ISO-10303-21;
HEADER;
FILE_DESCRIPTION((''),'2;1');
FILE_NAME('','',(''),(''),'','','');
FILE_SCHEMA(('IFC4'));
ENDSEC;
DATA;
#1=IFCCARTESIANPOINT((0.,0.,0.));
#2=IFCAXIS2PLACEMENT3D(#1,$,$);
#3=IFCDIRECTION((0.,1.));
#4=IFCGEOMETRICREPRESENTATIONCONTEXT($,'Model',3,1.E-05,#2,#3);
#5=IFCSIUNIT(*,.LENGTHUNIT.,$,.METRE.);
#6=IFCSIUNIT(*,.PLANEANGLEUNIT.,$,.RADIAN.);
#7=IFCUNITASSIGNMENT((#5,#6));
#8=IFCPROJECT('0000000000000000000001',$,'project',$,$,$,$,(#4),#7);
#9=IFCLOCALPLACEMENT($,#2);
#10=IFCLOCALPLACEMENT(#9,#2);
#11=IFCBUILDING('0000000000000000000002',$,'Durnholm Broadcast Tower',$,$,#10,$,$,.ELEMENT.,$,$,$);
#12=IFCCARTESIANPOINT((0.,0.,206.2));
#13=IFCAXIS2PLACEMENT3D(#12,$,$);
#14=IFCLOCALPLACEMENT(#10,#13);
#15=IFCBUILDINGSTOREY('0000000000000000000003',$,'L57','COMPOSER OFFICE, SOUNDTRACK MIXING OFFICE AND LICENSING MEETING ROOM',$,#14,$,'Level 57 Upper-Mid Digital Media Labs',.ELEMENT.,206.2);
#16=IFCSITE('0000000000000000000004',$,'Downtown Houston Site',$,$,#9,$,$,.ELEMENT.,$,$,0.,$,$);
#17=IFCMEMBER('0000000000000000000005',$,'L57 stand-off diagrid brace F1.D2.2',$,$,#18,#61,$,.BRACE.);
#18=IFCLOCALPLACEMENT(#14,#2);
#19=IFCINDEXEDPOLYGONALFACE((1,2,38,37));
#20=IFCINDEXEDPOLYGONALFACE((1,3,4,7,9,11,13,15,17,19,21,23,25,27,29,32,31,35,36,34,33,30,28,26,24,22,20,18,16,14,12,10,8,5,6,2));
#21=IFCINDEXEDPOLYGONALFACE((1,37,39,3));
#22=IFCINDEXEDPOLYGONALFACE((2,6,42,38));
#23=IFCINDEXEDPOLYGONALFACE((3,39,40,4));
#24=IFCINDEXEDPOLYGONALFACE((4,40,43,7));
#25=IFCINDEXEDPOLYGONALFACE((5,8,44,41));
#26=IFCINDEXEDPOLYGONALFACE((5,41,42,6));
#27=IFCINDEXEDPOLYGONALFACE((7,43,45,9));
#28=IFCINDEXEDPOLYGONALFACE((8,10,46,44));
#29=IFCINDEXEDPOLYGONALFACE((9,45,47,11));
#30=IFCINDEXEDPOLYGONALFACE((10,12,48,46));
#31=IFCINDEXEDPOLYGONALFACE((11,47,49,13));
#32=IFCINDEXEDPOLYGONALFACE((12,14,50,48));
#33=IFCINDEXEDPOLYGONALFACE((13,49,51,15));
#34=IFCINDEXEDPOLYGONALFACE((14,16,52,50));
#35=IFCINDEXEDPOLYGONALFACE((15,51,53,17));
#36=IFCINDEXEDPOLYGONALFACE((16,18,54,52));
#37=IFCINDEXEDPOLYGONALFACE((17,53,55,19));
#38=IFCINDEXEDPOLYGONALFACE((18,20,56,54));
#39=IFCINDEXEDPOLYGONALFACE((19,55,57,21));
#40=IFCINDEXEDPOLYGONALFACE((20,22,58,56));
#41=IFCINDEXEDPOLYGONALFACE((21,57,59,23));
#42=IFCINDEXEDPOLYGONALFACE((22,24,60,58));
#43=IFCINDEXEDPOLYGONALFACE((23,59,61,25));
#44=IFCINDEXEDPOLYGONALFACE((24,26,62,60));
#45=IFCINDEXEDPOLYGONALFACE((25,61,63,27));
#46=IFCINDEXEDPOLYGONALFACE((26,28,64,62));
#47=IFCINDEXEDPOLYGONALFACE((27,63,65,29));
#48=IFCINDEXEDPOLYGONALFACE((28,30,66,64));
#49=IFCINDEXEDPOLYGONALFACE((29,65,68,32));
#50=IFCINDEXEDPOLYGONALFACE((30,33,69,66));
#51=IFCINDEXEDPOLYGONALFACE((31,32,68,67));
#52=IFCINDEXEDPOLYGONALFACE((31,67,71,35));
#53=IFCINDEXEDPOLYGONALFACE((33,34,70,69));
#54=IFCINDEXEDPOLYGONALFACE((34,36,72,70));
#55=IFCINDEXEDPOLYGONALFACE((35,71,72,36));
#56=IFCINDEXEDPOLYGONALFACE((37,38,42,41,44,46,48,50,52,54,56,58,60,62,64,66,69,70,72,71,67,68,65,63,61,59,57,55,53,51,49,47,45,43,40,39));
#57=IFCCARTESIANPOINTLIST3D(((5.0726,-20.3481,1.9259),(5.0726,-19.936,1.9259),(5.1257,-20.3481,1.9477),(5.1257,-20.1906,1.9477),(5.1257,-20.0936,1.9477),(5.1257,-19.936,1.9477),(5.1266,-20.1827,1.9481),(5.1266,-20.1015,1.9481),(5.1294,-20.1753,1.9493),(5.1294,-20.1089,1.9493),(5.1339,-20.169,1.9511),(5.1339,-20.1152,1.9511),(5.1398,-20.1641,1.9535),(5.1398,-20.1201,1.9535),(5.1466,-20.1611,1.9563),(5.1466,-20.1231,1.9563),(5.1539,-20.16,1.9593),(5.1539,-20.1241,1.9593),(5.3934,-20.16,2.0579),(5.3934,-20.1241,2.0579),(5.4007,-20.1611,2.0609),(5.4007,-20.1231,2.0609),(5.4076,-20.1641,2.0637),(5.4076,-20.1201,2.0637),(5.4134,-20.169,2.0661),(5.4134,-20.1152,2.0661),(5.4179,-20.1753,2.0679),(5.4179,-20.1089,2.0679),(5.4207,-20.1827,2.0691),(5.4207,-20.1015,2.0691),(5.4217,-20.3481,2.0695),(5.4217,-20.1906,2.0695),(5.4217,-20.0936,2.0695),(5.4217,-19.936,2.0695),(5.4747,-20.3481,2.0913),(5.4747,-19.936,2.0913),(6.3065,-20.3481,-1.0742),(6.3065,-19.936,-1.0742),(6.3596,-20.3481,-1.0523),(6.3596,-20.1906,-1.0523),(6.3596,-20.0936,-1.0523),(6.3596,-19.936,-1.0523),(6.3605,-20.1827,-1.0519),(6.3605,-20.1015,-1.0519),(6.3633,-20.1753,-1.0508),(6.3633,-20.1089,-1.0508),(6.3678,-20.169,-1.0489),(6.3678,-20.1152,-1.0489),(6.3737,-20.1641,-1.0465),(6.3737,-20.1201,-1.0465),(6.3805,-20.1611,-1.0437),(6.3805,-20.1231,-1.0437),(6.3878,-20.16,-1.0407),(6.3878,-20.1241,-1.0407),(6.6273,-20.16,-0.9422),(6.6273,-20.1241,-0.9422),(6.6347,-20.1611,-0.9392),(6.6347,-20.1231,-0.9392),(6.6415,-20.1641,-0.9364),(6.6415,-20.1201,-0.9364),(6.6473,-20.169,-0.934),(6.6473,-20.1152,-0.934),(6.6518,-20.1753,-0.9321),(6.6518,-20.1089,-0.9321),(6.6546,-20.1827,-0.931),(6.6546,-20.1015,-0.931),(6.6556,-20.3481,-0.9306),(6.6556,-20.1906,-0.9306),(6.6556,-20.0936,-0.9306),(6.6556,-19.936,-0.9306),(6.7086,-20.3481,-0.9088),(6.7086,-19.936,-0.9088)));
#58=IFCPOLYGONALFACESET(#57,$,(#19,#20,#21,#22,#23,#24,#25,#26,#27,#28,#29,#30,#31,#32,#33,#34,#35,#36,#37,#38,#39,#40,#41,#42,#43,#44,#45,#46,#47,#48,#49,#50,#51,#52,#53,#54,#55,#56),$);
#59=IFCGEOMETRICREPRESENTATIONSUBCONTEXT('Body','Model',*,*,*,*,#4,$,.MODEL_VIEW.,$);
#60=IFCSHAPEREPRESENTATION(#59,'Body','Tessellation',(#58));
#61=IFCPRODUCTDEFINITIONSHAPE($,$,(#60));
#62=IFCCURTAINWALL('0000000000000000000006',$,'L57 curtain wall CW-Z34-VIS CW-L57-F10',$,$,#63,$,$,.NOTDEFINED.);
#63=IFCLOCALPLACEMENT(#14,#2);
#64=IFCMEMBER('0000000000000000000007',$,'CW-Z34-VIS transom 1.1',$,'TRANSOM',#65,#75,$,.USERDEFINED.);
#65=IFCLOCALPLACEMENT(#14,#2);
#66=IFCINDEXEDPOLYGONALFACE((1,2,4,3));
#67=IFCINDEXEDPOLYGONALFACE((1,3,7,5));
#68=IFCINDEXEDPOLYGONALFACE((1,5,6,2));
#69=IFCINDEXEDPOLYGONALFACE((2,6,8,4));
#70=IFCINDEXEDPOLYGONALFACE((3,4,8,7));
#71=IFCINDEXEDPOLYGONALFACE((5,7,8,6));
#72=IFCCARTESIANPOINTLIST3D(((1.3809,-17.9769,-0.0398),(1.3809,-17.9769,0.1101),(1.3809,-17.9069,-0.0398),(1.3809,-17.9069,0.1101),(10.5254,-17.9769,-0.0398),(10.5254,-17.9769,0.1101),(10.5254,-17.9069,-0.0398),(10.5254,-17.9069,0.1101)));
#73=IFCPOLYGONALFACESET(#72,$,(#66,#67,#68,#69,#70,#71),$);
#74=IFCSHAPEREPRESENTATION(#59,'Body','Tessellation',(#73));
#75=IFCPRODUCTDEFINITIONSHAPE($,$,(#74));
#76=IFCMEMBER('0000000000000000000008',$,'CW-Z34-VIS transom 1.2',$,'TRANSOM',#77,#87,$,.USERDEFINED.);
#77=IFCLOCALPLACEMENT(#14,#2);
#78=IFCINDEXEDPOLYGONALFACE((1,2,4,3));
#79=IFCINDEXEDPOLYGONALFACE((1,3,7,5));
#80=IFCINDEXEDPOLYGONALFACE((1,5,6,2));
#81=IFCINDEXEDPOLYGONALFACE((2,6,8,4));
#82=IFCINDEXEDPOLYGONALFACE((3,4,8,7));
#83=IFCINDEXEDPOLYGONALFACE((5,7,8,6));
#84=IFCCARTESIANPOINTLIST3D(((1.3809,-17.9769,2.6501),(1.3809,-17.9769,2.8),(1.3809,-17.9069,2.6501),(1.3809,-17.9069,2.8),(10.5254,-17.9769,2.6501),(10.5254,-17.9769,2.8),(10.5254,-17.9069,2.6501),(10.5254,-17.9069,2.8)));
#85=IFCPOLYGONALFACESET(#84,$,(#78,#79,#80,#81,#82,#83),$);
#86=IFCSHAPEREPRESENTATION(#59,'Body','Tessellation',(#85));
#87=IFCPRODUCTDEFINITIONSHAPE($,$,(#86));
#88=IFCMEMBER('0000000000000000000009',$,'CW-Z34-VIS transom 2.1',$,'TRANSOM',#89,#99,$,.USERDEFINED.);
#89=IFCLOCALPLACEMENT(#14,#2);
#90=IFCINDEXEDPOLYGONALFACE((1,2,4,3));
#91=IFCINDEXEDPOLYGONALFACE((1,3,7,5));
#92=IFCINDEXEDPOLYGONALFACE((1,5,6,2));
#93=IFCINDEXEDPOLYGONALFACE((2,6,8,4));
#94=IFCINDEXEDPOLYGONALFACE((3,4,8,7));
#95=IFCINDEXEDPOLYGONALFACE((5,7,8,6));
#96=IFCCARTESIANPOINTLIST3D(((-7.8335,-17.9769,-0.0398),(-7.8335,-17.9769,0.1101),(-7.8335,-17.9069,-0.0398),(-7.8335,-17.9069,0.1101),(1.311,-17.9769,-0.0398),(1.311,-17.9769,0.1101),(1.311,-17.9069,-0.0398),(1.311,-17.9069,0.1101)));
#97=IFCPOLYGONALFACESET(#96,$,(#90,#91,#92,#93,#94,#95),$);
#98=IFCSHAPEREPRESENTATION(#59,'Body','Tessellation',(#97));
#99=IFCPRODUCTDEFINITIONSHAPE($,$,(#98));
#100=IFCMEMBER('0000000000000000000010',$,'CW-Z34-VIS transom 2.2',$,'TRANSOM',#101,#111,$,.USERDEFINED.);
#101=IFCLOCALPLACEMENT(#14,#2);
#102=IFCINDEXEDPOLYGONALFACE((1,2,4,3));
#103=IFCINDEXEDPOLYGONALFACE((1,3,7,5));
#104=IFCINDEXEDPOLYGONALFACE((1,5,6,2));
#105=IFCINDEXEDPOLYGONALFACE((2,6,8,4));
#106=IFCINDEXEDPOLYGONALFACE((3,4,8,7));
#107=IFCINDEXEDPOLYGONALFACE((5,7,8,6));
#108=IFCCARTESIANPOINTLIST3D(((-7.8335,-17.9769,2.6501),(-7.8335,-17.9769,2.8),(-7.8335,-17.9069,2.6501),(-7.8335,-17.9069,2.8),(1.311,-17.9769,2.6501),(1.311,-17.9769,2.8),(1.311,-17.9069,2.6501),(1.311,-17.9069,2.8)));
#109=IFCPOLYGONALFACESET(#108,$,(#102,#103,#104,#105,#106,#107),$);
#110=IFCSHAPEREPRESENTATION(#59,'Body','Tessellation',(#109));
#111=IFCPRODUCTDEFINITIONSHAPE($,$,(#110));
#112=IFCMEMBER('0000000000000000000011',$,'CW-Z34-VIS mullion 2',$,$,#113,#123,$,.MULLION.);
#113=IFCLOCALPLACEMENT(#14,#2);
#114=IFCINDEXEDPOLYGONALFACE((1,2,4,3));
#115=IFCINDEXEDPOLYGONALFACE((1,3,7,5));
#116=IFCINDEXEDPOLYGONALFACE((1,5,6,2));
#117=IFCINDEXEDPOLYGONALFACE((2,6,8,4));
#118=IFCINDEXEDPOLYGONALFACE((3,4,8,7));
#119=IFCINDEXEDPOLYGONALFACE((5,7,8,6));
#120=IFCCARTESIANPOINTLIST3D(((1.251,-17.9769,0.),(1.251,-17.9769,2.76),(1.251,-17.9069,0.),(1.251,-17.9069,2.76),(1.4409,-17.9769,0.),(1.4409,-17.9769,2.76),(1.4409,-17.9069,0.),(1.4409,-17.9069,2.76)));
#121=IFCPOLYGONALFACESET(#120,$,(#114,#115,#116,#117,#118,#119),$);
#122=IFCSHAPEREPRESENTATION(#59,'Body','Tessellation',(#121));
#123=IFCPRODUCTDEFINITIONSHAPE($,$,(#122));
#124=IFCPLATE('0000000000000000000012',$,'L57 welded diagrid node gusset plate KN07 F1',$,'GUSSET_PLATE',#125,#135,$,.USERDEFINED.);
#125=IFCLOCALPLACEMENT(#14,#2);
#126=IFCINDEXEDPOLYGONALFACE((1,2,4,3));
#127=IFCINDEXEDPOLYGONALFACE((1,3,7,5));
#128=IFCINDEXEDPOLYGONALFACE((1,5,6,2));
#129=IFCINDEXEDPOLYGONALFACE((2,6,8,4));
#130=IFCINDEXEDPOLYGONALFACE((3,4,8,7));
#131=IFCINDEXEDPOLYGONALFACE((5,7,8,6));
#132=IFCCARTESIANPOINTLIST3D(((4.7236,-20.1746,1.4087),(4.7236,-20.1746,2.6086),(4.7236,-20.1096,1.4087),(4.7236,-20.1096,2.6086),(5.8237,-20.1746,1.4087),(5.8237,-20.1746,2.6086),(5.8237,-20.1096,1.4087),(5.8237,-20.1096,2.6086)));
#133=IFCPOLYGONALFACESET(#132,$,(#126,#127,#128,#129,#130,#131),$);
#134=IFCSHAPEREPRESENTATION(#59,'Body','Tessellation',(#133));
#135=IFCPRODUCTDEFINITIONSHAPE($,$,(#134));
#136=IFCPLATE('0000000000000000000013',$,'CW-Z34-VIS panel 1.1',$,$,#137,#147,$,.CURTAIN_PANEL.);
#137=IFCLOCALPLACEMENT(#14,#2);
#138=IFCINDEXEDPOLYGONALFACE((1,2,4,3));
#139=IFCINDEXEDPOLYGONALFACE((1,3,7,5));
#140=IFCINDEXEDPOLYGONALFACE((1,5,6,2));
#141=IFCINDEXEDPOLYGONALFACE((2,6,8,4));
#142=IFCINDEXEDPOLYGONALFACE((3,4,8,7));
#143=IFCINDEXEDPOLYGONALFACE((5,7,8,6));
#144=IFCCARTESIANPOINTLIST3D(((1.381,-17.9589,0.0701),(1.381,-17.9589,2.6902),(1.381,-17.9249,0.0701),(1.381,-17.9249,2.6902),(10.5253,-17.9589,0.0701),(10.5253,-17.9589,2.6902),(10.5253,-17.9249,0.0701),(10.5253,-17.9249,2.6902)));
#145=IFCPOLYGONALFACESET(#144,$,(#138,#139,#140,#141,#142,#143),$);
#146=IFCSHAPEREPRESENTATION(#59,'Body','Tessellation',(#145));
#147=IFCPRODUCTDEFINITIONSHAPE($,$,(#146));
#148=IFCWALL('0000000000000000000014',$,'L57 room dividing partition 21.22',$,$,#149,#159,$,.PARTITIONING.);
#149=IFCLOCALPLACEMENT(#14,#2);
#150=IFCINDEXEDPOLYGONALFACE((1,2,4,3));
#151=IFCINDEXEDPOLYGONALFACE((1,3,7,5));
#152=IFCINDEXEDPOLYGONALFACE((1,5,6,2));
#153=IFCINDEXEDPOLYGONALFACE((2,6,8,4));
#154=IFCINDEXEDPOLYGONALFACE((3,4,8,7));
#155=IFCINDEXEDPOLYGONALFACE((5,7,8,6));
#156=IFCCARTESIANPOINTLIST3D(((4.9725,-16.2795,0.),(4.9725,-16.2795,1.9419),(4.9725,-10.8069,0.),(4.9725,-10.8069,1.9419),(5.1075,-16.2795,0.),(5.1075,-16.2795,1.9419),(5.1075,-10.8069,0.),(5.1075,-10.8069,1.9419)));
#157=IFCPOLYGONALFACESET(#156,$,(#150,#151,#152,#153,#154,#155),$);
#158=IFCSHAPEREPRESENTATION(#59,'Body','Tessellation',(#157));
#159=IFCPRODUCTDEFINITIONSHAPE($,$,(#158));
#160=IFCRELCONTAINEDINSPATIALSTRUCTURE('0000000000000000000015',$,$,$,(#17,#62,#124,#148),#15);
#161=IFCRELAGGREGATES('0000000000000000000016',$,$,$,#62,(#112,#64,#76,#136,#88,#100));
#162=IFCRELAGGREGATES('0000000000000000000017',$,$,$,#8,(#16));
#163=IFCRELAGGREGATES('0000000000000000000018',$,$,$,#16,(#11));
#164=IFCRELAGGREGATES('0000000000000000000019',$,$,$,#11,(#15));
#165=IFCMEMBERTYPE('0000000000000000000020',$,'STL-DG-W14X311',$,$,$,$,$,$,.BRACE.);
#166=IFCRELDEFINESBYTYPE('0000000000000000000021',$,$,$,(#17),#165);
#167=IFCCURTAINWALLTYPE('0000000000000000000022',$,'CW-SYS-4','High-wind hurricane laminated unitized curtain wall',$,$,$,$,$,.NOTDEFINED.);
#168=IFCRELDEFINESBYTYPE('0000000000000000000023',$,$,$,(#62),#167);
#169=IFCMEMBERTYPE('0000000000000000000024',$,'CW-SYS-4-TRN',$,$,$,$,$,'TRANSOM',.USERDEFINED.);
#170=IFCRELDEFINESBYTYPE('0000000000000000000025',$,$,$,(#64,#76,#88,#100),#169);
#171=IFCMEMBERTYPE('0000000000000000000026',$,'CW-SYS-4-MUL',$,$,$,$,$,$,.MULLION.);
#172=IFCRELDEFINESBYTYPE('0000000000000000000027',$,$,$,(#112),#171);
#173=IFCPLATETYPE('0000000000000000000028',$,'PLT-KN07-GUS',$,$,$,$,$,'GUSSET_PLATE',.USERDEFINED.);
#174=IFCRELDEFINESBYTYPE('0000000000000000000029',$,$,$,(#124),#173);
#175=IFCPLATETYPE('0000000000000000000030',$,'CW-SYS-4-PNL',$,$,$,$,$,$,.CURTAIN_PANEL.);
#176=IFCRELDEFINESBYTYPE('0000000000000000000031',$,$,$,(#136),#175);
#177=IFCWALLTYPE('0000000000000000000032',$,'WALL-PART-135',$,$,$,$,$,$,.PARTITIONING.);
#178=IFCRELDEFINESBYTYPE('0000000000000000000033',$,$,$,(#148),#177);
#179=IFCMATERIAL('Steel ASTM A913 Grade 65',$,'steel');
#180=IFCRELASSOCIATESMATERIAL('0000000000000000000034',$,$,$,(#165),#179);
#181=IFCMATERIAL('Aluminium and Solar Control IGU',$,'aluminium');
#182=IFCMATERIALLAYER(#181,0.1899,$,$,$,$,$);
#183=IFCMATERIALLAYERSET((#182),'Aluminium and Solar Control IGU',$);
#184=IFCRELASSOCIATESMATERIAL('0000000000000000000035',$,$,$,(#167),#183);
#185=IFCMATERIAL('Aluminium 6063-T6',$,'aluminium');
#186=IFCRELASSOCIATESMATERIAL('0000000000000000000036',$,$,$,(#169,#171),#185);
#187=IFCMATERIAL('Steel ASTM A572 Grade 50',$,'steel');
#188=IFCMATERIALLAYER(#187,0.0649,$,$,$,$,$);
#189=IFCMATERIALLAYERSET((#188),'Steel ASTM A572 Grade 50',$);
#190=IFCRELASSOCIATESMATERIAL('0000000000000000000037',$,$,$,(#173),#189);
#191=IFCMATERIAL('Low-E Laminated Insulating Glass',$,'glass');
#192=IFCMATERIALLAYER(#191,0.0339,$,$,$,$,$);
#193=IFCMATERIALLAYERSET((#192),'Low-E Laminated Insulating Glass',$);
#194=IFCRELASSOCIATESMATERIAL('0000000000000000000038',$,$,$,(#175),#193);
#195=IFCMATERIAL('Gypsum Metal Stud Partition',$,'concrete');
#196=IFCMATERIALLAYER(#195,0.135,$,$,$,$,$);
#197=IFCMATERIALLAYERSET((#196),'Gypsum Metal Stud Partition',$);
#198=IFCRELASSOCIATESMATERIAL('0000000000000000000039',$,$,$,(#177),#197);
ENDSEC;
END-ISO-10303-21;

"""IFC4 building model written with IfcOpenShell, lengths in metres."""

from ifc_helpers import new_model, si_unit, direction, frame, frame_2d, origin, origin_2d, place, context, subcontext, project, spatial, rectangle, i_section, extrude, source, transform, mapped, material, layer, layer_set, material_profile, profile_set, type_object, type_shapes, element, aggregate, save


model = new_model("IFC4")

# Units and contexts
model_context = context("Model", 3, precision=1e-05, world=origin(), true_north=direction((0.0, 1.0)))
body_context = subcontext(model_context, "Body", "Model", "MODEL_VIEW")
ifc_project = project(units=[si_unit("LENGTHUNIT", "METRE"), si_unit("PLANEANGLEUNIT", "RADIAN")], contexts=[model_context])

# Site, building, storey
site_placement = place(None, origin())
site = spatial("IfcSite", under=ifc_project, at=site_placement, Name="Downtown Houston Site", CompositionType="ELEMENT", RefElevation=0.0)
building_placement = place(site_placement, origin())
building = spatial("IfcBuilding", under=site, at=building_placement, Name="Durnholm Broadcast Tower", CompositionType="ELEMENT")
storey_placement = place(building_placement, frame((0.0, 0.0, 206.2)))
storey = spatial("IfcBuildingStorey", under=building, at=storey_placement, Name="L57", Description="COMPOSER OFFICE, SOUNDTRACK MIXING OFFICE AND LICENSING MEETING ROOM", LongName="Level 57 Upper-Mid Digital Media Labs", CompositionType="ELEMENT", Elevation=206.2)

# Member
ifc_material_1 = material(Name="Steel ASTM A913 Grade 65", Category="steel")
ifc_material_profile_1 = material_profile(ifc_material_1, i_section(OverallWidth=0.4121, OverallDepth=0.4348, WebThickness=0.0359, FlangeThickness=0.0574, FilletRadius=0.0305, at=origin_2d()), Name="W14X311")
ifc_profile_set_1 = profile_set([ifc_material_profile_1], Name="Steel ASTM A913 Grade 65")
member_type_1 = type_object("IfcMemberType", Name="STL-DG-W14X311", PredefinedType="BRACE", material=ifc_profile_set_1)
shared_shape_1 = source(origin(), body_context, "Body", "SweptSolid", [
    extrude(i_section(OverallWidth=0.4121, OverallDepth=0.4348, WebThickness=0.0359, FlangeThickness=0.0574, FilletRadius=0.0305, at=origin_2d()), origin(), (0.0, 0.0, 1.0), 3.2439),
])
type_shapes(member_type_1, [shared_shape_1])
for number, where, z_axis, x_axis, name in (
    (1, (6.5076, -20.1421, -0.9915), (-0.380379, 0.0, 0.924831), (0.0, -1.0, 0.0), "L57 stand-off diagrid brace F1.D2.2"),
):
    element("IfcMember", number, at=place(storey_placement, frame(where, z_axis=z_axis, x_axis=x_axis)), inside=storey, type_object=member_type_1, Name=name, PredefinedType="BRACE", context=body_context, shape_type="MappedRepresentation", body=[
        mapped(shared_shape_1, transform((0.0, 0.0, 0.0), x_axis=(1.0, 0.0, 0.0), y_axis=(0.0, 1.0, 0.0), z_axis=(0.0, 0.0, 1.0), scale=1.0)),
    ])

# Curtain wall, members
ifc_material_2 = material(Name="Aluminium and Solar Control IGU", Category="aluminium")
ifc_layer_1 = layer(ifc_material_2, 0.1899)
ifc_layer_set_1 = layer_set([ifc_layer_1], Name="Aluminium and Solar Control IGU")
curtain_wall_type = type_object("IfcCurtainWallType", Name="CW-SYS-4", Description="High-wind hurricane laminated unitized curtain wall", PredefinedType="NOTDEFINED", material=ifc_layer_set_1)
curtain_wall_placement = place(storey_placement, origin())
curtain_wall = element("IfcCurtainWall", 2, at=curtain_wall_placement, inside=storey, type_object=curtain_wall_type, Name="L57 curtain wall CW-Z34-VIS CW-L57-F10", PredefinedType="NOTDEFINED")
ifc_material_3 = material(Name="Aluminium 6063-T6", Category="aluminium")
ifc_material_profile_2 = material_profile(ifc_material_3, rectangle(XDim=0.0701, YDim=0.1499, at=origin_2d()), Name="CWT70X150")
ifc_profile_set_2 = profile_set([ifc_material_profile_2], Name="Aluminium 6063-T6")
member_type_2 = type_object("IfcMemberType", Name="CW-SYS-4-TRN", ElementType="TRANSOM", PredefinedType="USERDEFINED", material=ifc_profile_set_2)
shared_shape_2 = source(origin(), body_context, "Body", "SweptSolid", [
    extrude(rectangle(XDim=0.0701, YDim=0.1499, at=origin_2d()), origin(), (0.0, 0.0, 1.0), 9.1445),
])
type_shapes(member_type_2, [shared_shape_2])
member_1_placement = place(storey_placement, frame((10.5254, -17.9419, 0.0352), z_axis=(-1.0, 0.0, 0.0), x_axis=(0.0, -1.0, 0.0)))
member_1 = element("IfcMember", 3, at=member_1_placement, type_object=member_type_2, Name="CW-Z34-VIS transom 1.1", ObjectType="TRANSOM", PredefinedType="USERDEFINED", context=body_context, shape_type="MappedRepresentation", body=[
    mapped(shared_shape_2, transform((0.0, 0.0, 0.0), x_axis=(1.0, 0.0, 0.0), y_axis=(0.0, 1.0, 0.0), z_axis=(0.0, 0.0, 1.0), scale=1.0)),
])
member_2_placement = place(storey_placement, frame((10.5254, -17.9419, 2.7251), z_axis=(-1.0, 0.0, 0.0), x_axis=(0.0, -1.0, 0.0)))
member_2 = element("IfcMember", 4, at=member_2_placement, type_object=member_type_2, Name="CW-Z34-VIS transom 1.2", ObjectType="TRANSOM", PredefinedType="USERDEFINED", context=body_context, shape_type="MappedRepresentation", body=[
    mapped(shared_shape_2, transform((0.0, 0.0, 0.0), x_axis=(1.0, 0.0, 0.0), y_axis=(0.0, 1.0, 0.0), z_axis=(0.0, 0.0, 1.0), scale=1.0)),
])
member_3_placement = place(storey_placement, frame((1.311, -17.9419, 0.0352), z_axis=(-1.0, 0.0, 0.0), x_axis=(0.0, -1.0, 0.0)))
member_3 = element("IfcMember", 5, at=member_3_placement, type_object=member_type_2, Name="CW-Z34-VIS transom 2.1", ObjectType="TRANSOM", PredefinedType="USERDEFINED", context=body_context, shape_type="MappedRepresentation", body=[
    mapped(shared_shape_2, transform((0.0, 0.0, 0.0), x_axis=(1.0, 0.0, 0.0), y_axis=(0.0, 1.0, 0.0), z_axis=(0.0, 0.0, 1.0), scale=1.0)),
])
member_4_placement = place(storey_placement, frame((1.311, -17.9419, 2.7251), z_axis=(-1.0, 0.0, 0.0), x_axis=(0.0, -1.0, 0.0)))
member_4 = element("IfcMember", 6, at=member_4_placement, type_object=member_type_2, Name="CW-Z34-VIS transom 2.2", ObjectType="TRANSOM", PredefinedType="USERDEFINED", context=body_context, shape_type="MappedRepresentation", body=[
    mapped(shared_shape_2, transform((0.0, 0.0, 0.0), x_axis=(1.0, 0.0, 0.0), y_axis=(0.0, 1.0, 0.0), z_axis=(0.0, 0.0, 1.0), scale=1.0)),
])
ifc_material_profile_3 = material_profile(ifc_material_3, rectangle(XDim=0.0701, YDim=0.1899, at=origin_2d()), Name="CWM70X190")
ifc_profile_set_3 = profile_set([ifc_material_profile_3], Name="Aluminium 6063-T6")
member_type_3 = type_object("IfcMemberType", Name="CW-SYS-4-MUL", PredefinedType="MULLION", material=ifc_profile_set_3)
shared_shape_3 = source(origin(), body_context, "Body", "SweptSolid", [
    extrude(rectangle(XDim=0.0701, YDim=0.1899, at=origin_2d()), origin(), (0.0, 0.0, 1.0), 2.76),
])
type_shapes(member_type_3, [shared_shape_3])
member_5_placement = place(storey_placement, frame((1.3459, -17.9419, 0.0), z_axis=(0.0, 0.0, 1.0), x_axis=(0.0, -1.0, 0.0)))
member_5 = element("IfcMember", 7, at=member_5_placement, type_object=member_type_3, Name="CW-Z34-VIS mullion 2", PredefinedType="MULLION", context=body_context, shape_type="MappedRepresentation", body=[
    mapped(shared_shape_3, transform((0.0, 0.0, 0.0), x_axis=(1.0, 0.0, 0.0), y_axis=(0.0, 1.0, 0.0), z_axis=(0.0, 0.0, 1.0), scale=1.0)),
])

# Plates
ifc_material_4 = material(Name="Steel ASTM A572 Grade 50", Category="steel")
ifc_layer_2 = layer(ifc_material_4, 0.0649)
ifc_layer_set_2 = layer_set([ifc_layer_2], Name="Steel ASTM A572 Grade 50")
plate_type_1 = type_object("IfcPlateType", Name="PLT-KN07-GUS", ElementType="GUSSET_PLATE", PredefinedType="USERDEFINED", material=ifc_layer_set_2)
shared_shape_4 = source(origin(), body_context, "Body", "SweptSolid", [
    extrude(rectangle(XDim=1.1001, YDim=0.0649, at=origin_2d()), origin(), (0.0, 0.0, 1.0), 1.2),
])
type_shapes(plate_type_1, [shared_shape_4])
plate_1_placement = place(storey_placement, frame((5.2737, -20.1421, 1.4087), z_axis=(0.0, 0.0, 1.0), x_axis=(1.0, 0.0, 0.0)))
element("IfcPlate", 8, at=plate_1_placement, inside=storey, type_object=plate_type_1, Name="L57 welded diagrid node gusset plate KN07 F1", ObjectType="GUSSET_PLATE", PredefinedType="USERDEFINED", context=body_context, shape_type="MappedRepresentation", body=[
    mapped(shared_shape_4, transform((0.0, 0.0, 0.0), x_axis=(1.0, 0.0, 0.0), y_axis=(0.0, 1.0, 0.0), z_axis=(0.0, 0.0, 1.0), scale=1.0)),
])
ifc_material_5 = material(Name="Low-E Laminated Insulating Glass", Category="glass")
ifc_layer_3 = layer(ifc_material_5, 0.0339)
ifc_layer_set_3 = layer_set([ifc_layer_3], Name="Low-E Laminated Insulating Glass")
plate_type_2 = type_object("IfcPlateType", Name="CW-SYS-4-PNL", PredefinedType="CURTAIN_PANEL", material=ifc_layer_set_3)
shared_shape_5 = source(origin(), body_context, "Body", "SweptSolid", [
    extrude(rectangle(XDim=9.1443, YDim=0.0339, at=origin_2d()), origin(), (0.0, 0.0, 1.0), 2.6201),
])
type_shapes(plate_type_2, [shared_shape_5])
plate_2_placement = place(storey_placement, frame((5.9531, -17.9419, 0.0701), z_axis=(0.0, 0.0, 1.0), x_axis=(-1.0, 0.0, 0.0)))
plate_2 = element("IfcPlate", 9, at=plate_2_placement, type_object=plate_type_2, Name="CW-Z34-VIS panel 1.1", PredefinedType="CURTAIN_PANEL", context=body_context, shape_type="MappedRepresentation", body=[
    mapped(shared_shape_5, transform((0.0, 0.0, 0.0), x_axis=(1.0, 0.0, 0.0), y_axis=(0.0, 1.0, 0.0), z_axis=(0.0, 0.0, 1.0), scale=1.0)),
])
aggregate(curtain_wall, [member_5, member_1, member_2, plate_2, member_3, member_4])

# Wall
ifc_material_6 = material(Name="Gypsum Metal Stud Partition", Category="concrete")
ifc_layer_4 = layer(ifc_material_6, 0.135)
ifc_layer_set_4 = layer_set([ifc_layer_4], Name="Gypsum Metal Stud Partition")
wall_type_1 = type_object("IfcWallType", Name="WALL-PART-135", PredefinedType="PARTITIONING", material=ifc_layer_set_4)
wall_1_placement = place(storey_placement, frame((5.04, -10.8069, 0.0), z_axis=(0.0, 0.0, 1.0), x_axis=(0.0, -1.0, 0.0)))
element("IfcWall", 10, at=wall_1_placement, inside=storey, type_object=wall_type_1, Name="L57 room dividing partition 21.22", PredefinedType="PARTITIONING", context=body_context, shape_type="SweptSolid", body=[
    extrude(rectangle(XDim=5.4727, YDim=0.135, at=frame_2d((2.7363, 0.0))), origin(), (0.0, 0.0, 1.0), 1.9419),
])

save(model, "model.ifc")
